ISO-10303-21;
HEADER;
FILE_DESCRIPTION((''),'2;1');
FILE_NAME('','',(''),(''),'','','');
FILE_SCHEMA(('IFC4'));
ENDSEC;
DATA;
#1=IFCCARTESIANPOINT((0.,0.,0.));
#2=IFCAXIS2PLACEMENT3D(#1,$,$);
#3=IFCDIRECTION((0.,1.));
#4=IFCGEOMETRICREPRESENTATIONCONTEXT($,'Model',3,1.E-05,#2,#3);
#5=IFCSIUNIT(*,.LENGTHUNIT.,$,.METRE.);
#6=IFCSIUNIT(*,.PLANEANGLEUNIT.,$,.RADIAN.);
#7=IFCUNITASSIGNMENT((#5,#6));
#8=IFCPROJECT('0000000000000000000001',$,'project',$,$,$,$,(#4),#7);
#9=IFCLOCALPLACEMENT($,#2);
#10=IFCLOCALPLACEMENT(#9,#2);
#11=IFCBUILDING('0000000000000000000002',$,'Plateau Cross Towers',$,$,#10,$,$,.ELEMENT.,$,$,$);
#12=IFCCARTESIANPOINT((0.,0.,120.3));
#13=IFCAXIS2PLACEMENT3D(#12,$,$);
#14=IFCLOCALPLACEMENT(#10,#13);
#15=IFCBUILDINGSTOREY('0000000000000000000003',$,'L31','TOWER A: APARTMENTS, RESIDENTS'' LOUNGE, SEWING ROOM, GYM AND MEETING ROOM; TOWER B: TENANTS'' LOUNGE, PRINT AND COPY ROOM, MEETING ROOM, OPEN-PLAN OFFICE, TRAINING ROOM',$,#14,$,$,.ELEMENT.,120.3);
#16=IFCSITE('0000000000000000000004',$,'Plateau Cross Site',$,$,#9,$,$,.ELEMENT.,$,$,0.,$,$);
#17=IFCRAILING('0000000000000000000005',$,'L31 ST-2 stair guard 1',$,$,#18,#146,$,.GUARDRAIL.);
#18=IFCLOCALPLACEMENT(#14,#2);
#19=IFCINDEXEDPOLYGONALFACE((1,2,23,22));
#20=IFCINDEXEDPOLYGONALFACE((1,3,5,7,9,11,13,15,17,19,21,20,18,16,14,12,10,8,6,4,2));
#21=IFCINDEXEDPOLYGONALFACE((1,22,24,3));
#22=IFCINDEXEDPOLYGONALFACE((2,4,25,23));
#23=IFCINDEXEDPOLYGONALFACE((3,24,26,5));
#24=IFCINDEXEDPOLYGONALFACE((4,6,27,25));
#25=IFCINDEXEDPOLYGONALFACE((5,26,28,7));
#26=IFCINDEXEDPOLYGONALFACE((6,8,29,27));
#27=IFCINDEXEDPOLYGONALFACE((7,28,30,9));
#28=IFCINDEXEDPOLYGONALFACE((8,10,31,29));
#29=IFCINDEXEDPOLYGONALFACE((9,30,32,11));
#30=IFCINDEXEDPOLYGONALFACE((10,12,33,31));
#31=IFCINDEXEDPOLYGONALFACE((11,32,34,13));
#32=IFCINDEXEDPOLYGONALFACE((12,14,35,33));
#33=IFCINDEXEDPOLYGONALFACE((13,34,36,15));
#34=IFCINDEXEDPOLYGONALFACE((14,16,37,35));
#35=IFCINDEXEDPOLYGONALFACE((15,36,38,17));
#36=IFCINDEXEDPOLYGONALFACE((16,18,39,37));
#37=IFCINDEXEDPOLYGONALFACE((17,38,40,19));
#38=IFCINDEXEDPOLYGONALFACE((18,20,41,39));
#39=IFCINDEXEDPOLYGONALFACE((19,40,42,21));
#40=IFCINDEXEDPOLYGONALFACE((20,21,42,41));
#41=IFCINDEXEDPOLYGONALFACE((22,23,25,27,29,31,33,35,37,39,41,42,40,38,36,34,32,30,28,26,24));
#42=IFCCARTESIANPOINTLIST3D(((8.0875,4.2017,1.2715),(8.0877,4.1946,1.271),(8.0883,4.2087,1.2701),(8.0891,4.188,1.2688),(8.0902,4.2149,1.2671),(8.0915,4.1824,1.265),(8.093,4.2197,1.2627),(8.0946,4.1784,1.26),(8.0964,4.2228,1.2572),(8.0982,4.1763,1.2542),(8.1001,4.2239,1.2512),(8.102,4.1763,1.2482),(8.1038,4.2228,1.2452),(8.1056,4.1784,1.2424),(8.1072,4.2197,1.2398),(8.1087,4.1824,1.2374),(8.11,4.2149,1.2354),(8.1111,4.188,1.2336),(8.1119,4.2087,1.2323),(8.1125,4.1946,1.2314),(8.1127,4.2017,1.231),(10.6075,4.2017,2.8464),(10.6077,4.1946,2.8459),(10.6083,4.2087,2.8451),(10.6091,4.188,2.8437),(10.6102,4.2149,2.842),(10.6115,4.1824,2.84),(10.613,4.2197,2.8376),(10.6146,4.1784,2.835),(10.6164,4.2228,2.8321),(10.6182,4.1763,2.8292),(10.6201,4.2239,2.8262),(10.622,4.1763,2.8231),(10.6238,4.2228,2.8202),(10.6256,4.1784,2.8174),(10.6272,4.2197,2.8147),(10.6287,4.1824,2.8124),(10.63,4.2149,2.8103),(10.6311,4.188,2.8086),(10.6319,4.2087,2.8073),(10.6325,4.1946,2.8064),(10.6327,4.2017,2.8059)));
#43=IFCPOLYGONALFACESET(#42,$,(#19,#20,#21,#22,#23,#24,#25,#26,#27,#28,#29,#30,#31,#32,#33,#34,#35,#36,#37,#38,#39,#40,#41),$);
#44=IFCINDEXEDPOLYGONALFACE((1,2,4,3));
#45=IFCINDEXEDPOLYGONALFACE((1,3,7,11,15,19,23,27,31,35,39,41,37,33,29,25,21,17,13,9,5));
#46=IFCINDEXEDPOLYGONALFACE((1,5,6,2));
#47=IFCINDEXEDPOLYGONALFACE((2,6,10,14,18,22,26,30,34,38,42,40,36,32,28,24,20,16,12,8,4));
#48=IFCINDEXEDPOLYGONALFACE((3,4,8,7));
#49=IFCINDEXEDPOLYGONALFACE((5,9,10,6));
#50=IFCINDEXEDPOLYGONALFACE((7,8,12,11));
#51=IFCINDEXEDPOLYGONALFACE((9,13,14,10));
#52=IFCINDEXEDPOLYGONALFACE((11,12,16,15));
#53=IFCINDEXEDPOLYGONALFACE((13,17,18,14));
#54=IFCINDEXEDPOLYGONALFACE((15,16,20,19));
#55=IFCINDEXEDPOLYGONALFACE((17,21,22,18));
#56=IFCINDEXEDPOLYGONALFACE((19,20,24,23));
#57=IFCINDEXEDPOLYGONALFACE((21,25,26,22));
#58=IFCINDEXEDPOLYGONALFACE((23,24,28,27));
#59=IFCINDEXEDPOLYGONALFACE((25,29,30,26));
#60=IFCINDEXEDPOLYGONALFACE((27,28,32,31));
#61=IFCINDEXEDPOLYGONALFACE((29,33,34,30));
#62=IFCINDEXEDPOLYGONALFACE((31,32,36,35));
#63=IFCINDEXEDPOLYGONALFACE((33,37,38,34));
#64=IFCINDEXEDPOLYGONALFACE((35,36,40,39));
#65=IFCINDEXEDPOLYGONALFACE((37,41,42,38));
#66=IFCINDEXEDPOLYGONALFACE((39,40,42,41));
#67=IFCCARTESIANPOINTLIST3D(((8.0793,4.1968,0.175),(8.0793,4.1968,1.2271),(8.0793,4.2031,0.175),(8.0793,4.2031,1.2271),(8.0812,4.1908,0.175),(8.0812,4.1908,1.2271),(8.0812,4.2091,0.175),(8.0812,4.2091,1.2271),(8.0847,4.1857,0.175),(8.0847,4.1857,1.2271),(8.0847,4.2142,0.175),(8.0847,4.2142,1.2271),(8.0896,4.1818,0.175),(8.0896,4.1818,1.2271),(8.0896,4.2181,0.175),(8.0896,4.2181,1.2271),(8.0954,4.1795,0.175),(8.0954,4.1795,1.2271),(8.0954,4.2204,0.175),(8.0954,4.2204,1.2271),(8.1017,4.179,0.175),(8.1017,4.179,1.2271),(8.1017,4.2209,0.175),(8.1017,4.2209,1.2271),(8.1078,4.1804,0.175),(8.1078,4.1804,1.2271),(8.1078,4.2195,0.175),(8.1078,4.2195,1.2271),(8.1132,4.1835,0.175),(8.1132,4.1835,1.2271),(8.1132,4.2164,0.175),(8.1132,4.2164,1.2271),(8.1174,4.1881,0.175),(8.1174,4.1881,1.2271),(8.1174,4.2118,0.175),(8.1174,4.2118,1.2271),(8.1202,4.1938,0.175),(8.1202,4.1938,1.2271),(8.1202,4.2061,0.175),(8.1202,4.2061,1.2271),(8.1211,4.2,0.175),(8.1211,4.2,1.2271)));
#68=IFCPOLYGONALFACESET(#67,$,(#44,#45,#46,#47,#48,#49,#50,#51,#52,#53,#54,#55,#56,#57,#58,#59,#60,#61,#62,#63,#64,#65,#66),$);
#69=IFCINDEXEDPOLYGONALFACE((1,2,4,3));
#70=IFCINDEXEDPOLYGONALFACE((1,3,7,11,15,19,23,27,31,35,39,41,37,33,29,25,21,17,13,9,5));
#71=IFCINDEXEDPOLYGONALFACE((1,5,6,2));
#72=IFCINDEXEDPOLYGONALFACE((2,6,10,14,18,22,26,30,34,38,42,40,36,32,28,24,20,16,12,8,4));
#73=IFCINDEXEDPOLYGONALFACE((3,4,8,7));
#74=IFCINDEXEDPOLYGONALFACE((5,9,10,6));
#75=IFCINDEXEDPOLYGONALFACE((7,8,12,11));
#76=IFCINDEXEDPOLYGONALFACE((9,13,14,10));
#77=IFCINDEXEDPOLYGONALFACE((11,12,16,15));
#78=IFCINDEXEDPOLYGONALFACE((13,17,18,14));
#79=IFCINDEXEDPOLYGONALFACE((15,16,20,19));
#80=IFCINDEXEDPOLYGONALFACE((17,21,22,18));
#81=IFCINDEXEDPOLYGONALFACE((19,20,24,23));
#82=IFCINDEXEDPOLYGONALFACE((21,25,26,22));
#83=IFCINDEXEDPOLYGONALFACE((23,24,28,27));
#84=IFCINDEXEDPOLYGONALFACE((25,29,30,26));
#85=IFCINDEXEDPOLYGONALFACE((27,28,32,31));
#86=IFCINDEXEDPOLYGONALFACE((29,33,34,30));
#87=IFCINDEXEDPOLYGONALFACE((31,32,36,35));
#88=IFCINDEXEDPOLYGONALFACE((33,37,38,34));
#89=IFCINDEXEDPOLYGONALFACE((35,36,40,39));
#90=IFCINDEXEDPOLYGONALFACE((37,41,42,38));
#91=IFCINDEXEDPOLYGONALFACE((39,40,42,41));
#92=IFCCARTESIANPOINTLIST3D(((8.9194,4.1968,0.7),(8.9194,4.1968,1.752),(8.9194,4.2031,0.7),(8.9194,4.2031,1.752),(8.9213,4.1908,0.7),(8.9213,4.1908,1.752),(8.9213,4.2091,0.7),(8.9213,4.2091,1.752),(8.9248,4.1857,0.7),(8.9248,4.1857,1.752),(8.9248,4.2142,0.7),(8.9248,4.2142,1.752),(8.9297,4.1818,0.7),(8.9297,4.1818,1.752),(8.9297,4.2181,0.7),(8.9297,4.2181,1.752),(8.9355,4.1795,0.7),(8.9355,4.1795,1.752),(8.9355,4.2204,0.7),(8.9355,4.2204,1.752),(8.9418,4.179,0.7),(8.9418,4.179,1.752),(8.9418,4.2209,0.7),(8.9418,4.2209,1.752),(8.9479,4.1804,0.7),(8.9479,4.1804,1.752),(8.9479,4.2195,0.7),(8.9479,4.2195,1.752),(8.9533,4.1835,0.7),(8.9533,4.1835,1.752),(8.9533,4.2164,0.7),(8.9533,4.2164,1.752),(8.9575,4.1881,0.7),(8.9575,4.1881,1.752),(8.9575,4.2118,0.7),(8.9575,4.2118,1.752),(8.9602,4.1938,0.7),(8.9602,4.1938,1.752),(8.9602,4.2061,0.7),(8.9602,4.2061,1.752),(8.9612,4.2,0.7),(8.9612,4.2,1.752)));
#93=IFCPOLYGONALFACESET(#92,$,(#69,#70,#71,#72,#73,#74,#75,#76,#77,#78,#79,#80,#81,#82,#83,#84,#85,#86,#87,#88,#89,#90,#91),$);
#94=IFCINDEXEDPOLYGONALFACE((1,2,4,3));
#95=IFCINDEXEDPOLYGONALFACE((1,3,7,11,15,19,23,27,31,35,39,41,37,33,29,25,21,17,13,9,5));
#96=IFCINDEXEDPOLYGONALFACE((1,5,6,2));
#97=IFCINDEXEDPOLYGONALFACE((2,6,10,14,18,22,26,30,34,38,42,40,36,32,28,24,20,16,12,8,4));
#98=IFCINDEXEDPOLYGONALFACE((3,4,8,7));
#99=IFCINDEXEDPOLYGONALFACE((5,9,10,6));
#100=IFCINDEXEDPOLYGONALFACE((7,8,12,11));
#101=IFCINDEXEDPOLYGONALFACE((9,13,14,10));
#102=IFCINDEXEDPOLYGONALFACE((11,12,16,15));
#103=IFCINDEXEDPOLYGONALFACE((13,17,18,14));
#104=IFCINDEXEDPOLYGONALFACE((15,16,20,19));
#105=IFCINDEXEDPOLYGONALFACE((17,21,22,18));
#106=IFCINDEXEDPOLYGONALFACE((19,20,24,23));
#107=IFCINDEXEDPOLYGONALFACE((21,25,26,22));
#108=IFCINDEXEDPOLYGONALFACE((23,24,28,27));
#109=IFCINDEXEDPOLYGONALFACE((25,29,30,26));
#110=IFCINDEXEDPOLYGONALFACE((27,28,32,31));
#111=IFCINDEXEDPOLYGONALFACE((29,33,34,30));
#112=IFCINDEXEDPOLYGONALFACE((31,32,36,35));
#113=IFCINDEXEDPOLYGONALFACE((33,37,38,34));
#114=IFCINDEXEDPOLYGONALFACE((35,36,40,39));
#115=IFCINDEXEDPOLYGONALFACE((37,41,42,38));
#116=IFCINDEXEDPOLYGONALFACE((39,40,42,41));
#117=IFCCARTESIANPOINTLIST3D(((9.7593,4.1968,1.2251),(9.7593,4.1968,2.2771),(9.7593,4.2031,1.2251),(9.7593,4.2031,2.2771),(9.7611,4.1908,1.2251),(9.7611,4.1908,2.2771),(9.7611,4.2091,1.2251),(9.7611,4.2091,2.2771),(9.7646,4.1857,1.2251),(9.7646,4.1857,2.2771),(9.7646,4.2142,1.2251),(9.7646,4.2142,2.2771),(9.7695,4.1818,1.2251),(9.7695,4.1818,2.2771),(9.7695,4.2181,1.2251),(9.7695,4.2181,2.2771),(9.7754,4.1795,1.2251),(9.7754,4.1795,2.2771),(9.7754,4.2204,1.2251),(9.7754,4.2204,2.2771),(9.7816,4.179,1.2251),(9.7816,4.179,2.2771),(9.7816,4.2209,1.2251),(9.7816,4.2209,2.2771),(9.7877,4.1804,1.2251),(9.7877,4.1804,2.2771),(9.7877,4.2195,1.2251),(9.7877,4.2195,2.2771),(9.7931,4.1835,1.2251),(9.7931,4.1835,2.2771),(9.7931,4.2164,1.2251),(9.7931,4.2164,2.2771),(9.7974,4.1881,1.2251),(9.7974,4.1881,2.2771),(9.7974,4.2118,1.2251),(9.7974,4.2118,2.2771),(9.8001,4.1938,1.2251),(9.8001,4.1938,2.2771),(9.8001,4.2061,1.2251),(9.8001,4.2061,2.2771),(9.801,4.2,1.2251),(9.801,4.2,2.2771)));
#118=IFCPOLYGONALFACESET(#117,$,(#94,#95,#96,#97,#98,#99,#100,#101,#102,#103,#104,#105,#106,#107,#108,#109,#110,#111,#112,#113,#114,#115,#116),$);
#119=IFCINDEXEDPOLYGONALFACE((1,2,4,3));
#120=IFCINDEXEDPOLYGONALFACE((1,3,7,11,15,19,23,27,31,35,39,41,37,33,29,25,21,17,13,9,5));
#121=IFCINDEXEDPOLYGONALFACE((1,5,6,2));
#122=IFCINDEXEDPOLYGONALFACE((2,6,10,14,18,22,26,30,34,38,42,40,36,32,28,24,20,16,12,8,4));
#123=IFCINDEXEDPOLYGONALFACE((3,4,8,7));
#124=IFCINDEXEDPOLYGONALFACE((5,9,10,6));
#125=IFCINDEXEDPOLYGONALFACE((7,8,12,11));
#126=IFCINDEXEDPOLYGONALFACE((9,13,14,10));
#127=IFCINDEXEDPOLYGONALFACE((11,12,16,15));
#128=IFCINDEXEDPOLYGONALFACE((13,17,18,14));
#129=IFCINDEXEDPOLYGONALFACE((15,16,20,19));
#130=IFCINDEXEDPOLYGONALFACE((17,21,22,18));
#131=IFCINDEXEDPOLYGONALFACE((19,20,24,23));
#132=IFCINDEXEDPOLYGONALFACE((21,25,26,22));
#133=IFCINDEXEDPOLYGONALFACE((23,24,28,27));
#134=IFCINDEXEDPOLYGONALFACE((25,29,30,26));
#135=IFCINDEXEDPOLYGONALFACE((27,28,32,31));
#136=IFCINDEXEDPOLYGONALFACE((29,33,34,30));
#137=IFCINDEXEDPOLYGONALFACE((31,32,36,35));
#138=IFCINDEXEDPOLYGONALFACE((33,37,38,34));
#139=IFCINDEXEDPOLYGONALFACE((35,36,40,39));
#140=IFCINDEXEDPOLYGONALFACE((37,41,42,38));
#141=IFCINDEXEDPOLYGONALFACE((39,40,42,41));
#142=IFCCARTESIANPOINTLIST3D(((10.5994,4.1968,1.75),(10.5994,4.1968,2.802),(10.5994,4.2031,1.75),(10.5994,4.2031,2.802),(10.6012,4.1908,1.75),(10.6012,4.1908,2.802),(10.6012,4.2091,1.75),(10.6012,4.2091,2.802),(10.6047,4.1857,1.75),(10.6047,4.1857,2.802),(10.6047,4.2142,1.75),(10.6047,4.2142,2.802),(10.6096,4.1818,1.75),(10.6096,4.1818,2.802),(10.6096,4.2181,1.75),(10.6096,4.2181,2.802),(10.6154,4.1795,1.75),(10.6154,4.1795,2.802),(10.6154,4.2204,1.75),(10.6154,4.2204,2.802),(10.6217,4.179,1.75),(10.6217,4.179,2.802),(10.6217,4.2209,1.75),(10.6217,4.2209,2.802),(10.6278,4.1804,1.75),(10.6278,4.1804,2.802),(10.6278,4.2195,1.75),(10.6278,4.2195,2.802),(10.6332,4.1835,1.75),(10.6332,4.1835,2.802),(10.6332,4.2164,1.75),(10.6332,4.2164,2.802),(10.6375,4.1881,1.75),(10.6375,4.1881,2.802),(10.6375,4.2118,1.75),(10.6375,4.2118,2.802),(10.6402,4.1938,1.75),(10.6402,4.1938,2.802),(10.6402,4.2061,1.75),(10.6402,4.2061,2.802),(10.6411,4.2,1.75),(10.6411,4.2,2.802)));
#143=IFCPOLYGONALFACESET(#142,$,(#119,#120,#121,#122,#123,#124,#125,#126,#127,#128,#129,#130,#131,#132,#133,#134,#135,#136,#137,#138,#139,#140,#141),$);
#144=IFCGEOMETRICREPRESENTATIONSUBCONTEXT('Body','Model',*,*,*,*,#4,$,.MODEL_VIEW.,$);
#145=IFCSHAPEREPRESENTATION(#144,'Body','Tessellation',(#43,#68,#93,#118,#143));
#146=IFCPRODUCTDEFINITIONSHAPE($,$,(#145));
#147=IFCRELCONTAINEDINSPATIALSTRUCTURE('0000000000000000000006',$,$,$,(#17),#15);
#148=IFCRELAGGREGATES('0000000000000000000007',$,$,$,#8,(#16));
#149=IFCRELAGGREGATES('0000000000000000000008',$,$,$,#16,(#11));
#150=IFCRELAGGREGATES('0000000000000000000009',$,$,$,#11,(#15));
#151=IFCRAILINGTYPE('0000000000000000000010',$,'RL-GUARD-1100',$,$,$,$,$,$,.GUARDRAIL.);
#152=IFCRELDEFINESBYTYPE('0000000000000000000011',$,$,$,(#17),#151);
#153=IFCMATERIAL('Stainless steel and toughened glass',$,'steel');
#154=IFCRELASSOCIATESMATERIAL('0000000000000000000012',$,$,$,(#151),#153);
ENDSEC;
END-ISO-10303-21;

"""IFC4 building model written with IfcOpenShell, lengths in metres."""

from ifc_helpers import new_model, si_unit, direction, frame, origin, origin_2d, place, context, subcontext, project, spatial, circle, extrude, material, type_object, element, save


model = new_model("IFC4")

# Units and contexts
model_context = context("Model", 3, precision=1e-05, world=origin(), true_north=direction((0.0, 1.0)))
body_context = subcontext(model_context, "Body", "Model", "MODEL_VIEW")
ifc_project = project(units=[si_unit("LENGTHUNIT", "METRE"), si_unit("PLANEANGLEUNIT", "RADIAN")], contexts=[model_context])

# Site, building, storey
site_placement = place(None, origin())
site = spatial("IfcSite", under=ifc_project, at=site_placement, Name="Plateau Cross Site", CompositionType="ELEMENT", RefElevation=0.0)
building_placement = place(site_placement, origin())
building = spatial("IfcBuilding", under=site, at=building_placement, Name="Plateau Cross Towers", CompositionType="ELEMENT")
storey_placement = place(building_placement, frame((0.0, 0.0, 120.3)))
storey = spatial("IfcBuildingStorey", under=building, at=storey_placement, Name="L31", Description="TOWER A: APARTMENTS, RESIDENTS' LOUNGE, SEWING ROOM, GYM AND MEETING ROOM; TOWER B: TENANTS' LOUNGE, PRINT AND COPY ROOM, MEETING ROOM, OPEN-PLAN OFFICE, TRAINING ROOM", CompositionType="ELEMENT", Elevation=120.3)

# Railing
ifc_material_1 = material(Name="Stainless steel and toughened glass", Category="steel")
railing_type_1 = type_object("IfcRailingType", Name="RL-GUARD-1100", PredefinedType="GUARDRAIL", material=ifc_material_1)
railing_1_placement = place(storey_placement, frame((8.1001, 4.2, 0.175)))
element("IfcRailing", 1, at=railing_1_placement, inside=storey, type_object=railing_type_1, Name="L31 ST-2 stair guard 1", PredefinedType="GUARDRAIL", context=body_context, shape_type="SweptSolid", body=[
    extrude(circle(Radius=0.0239, at=origin_2d()), frame((0.0, 0.0, 1.0762), z_axis=(0.848008, 0.0, 0.529984), x_axis=(0.0, 1.0, 0.0)), (0.0, 0.0, 1.0), 2.9717),
    extrude(circle(Radius=0.021, at=origin_2d()), origin(), (0.0, 0.0, 1.0), 1.052),
    extrude(circle(Radius=0.021, at=origin_2d()), frame((0.8401, 0.0, 0.5249)), (0.0, 0.0, 1.0), 1.052),
    extrude(circle(Radius=0.021, at=origin_2d()), frame((1.6799, 0.0, 1.05)), (0.0, 0.0, 1.0), 1.052),
    extrude(circle(Radius=0.021, at=origin_2d()), frame((2.52, 0.0, 1.575)), (0.0, 0.0, 1.0), 1.052),
])

save(model, "model.ifc")
